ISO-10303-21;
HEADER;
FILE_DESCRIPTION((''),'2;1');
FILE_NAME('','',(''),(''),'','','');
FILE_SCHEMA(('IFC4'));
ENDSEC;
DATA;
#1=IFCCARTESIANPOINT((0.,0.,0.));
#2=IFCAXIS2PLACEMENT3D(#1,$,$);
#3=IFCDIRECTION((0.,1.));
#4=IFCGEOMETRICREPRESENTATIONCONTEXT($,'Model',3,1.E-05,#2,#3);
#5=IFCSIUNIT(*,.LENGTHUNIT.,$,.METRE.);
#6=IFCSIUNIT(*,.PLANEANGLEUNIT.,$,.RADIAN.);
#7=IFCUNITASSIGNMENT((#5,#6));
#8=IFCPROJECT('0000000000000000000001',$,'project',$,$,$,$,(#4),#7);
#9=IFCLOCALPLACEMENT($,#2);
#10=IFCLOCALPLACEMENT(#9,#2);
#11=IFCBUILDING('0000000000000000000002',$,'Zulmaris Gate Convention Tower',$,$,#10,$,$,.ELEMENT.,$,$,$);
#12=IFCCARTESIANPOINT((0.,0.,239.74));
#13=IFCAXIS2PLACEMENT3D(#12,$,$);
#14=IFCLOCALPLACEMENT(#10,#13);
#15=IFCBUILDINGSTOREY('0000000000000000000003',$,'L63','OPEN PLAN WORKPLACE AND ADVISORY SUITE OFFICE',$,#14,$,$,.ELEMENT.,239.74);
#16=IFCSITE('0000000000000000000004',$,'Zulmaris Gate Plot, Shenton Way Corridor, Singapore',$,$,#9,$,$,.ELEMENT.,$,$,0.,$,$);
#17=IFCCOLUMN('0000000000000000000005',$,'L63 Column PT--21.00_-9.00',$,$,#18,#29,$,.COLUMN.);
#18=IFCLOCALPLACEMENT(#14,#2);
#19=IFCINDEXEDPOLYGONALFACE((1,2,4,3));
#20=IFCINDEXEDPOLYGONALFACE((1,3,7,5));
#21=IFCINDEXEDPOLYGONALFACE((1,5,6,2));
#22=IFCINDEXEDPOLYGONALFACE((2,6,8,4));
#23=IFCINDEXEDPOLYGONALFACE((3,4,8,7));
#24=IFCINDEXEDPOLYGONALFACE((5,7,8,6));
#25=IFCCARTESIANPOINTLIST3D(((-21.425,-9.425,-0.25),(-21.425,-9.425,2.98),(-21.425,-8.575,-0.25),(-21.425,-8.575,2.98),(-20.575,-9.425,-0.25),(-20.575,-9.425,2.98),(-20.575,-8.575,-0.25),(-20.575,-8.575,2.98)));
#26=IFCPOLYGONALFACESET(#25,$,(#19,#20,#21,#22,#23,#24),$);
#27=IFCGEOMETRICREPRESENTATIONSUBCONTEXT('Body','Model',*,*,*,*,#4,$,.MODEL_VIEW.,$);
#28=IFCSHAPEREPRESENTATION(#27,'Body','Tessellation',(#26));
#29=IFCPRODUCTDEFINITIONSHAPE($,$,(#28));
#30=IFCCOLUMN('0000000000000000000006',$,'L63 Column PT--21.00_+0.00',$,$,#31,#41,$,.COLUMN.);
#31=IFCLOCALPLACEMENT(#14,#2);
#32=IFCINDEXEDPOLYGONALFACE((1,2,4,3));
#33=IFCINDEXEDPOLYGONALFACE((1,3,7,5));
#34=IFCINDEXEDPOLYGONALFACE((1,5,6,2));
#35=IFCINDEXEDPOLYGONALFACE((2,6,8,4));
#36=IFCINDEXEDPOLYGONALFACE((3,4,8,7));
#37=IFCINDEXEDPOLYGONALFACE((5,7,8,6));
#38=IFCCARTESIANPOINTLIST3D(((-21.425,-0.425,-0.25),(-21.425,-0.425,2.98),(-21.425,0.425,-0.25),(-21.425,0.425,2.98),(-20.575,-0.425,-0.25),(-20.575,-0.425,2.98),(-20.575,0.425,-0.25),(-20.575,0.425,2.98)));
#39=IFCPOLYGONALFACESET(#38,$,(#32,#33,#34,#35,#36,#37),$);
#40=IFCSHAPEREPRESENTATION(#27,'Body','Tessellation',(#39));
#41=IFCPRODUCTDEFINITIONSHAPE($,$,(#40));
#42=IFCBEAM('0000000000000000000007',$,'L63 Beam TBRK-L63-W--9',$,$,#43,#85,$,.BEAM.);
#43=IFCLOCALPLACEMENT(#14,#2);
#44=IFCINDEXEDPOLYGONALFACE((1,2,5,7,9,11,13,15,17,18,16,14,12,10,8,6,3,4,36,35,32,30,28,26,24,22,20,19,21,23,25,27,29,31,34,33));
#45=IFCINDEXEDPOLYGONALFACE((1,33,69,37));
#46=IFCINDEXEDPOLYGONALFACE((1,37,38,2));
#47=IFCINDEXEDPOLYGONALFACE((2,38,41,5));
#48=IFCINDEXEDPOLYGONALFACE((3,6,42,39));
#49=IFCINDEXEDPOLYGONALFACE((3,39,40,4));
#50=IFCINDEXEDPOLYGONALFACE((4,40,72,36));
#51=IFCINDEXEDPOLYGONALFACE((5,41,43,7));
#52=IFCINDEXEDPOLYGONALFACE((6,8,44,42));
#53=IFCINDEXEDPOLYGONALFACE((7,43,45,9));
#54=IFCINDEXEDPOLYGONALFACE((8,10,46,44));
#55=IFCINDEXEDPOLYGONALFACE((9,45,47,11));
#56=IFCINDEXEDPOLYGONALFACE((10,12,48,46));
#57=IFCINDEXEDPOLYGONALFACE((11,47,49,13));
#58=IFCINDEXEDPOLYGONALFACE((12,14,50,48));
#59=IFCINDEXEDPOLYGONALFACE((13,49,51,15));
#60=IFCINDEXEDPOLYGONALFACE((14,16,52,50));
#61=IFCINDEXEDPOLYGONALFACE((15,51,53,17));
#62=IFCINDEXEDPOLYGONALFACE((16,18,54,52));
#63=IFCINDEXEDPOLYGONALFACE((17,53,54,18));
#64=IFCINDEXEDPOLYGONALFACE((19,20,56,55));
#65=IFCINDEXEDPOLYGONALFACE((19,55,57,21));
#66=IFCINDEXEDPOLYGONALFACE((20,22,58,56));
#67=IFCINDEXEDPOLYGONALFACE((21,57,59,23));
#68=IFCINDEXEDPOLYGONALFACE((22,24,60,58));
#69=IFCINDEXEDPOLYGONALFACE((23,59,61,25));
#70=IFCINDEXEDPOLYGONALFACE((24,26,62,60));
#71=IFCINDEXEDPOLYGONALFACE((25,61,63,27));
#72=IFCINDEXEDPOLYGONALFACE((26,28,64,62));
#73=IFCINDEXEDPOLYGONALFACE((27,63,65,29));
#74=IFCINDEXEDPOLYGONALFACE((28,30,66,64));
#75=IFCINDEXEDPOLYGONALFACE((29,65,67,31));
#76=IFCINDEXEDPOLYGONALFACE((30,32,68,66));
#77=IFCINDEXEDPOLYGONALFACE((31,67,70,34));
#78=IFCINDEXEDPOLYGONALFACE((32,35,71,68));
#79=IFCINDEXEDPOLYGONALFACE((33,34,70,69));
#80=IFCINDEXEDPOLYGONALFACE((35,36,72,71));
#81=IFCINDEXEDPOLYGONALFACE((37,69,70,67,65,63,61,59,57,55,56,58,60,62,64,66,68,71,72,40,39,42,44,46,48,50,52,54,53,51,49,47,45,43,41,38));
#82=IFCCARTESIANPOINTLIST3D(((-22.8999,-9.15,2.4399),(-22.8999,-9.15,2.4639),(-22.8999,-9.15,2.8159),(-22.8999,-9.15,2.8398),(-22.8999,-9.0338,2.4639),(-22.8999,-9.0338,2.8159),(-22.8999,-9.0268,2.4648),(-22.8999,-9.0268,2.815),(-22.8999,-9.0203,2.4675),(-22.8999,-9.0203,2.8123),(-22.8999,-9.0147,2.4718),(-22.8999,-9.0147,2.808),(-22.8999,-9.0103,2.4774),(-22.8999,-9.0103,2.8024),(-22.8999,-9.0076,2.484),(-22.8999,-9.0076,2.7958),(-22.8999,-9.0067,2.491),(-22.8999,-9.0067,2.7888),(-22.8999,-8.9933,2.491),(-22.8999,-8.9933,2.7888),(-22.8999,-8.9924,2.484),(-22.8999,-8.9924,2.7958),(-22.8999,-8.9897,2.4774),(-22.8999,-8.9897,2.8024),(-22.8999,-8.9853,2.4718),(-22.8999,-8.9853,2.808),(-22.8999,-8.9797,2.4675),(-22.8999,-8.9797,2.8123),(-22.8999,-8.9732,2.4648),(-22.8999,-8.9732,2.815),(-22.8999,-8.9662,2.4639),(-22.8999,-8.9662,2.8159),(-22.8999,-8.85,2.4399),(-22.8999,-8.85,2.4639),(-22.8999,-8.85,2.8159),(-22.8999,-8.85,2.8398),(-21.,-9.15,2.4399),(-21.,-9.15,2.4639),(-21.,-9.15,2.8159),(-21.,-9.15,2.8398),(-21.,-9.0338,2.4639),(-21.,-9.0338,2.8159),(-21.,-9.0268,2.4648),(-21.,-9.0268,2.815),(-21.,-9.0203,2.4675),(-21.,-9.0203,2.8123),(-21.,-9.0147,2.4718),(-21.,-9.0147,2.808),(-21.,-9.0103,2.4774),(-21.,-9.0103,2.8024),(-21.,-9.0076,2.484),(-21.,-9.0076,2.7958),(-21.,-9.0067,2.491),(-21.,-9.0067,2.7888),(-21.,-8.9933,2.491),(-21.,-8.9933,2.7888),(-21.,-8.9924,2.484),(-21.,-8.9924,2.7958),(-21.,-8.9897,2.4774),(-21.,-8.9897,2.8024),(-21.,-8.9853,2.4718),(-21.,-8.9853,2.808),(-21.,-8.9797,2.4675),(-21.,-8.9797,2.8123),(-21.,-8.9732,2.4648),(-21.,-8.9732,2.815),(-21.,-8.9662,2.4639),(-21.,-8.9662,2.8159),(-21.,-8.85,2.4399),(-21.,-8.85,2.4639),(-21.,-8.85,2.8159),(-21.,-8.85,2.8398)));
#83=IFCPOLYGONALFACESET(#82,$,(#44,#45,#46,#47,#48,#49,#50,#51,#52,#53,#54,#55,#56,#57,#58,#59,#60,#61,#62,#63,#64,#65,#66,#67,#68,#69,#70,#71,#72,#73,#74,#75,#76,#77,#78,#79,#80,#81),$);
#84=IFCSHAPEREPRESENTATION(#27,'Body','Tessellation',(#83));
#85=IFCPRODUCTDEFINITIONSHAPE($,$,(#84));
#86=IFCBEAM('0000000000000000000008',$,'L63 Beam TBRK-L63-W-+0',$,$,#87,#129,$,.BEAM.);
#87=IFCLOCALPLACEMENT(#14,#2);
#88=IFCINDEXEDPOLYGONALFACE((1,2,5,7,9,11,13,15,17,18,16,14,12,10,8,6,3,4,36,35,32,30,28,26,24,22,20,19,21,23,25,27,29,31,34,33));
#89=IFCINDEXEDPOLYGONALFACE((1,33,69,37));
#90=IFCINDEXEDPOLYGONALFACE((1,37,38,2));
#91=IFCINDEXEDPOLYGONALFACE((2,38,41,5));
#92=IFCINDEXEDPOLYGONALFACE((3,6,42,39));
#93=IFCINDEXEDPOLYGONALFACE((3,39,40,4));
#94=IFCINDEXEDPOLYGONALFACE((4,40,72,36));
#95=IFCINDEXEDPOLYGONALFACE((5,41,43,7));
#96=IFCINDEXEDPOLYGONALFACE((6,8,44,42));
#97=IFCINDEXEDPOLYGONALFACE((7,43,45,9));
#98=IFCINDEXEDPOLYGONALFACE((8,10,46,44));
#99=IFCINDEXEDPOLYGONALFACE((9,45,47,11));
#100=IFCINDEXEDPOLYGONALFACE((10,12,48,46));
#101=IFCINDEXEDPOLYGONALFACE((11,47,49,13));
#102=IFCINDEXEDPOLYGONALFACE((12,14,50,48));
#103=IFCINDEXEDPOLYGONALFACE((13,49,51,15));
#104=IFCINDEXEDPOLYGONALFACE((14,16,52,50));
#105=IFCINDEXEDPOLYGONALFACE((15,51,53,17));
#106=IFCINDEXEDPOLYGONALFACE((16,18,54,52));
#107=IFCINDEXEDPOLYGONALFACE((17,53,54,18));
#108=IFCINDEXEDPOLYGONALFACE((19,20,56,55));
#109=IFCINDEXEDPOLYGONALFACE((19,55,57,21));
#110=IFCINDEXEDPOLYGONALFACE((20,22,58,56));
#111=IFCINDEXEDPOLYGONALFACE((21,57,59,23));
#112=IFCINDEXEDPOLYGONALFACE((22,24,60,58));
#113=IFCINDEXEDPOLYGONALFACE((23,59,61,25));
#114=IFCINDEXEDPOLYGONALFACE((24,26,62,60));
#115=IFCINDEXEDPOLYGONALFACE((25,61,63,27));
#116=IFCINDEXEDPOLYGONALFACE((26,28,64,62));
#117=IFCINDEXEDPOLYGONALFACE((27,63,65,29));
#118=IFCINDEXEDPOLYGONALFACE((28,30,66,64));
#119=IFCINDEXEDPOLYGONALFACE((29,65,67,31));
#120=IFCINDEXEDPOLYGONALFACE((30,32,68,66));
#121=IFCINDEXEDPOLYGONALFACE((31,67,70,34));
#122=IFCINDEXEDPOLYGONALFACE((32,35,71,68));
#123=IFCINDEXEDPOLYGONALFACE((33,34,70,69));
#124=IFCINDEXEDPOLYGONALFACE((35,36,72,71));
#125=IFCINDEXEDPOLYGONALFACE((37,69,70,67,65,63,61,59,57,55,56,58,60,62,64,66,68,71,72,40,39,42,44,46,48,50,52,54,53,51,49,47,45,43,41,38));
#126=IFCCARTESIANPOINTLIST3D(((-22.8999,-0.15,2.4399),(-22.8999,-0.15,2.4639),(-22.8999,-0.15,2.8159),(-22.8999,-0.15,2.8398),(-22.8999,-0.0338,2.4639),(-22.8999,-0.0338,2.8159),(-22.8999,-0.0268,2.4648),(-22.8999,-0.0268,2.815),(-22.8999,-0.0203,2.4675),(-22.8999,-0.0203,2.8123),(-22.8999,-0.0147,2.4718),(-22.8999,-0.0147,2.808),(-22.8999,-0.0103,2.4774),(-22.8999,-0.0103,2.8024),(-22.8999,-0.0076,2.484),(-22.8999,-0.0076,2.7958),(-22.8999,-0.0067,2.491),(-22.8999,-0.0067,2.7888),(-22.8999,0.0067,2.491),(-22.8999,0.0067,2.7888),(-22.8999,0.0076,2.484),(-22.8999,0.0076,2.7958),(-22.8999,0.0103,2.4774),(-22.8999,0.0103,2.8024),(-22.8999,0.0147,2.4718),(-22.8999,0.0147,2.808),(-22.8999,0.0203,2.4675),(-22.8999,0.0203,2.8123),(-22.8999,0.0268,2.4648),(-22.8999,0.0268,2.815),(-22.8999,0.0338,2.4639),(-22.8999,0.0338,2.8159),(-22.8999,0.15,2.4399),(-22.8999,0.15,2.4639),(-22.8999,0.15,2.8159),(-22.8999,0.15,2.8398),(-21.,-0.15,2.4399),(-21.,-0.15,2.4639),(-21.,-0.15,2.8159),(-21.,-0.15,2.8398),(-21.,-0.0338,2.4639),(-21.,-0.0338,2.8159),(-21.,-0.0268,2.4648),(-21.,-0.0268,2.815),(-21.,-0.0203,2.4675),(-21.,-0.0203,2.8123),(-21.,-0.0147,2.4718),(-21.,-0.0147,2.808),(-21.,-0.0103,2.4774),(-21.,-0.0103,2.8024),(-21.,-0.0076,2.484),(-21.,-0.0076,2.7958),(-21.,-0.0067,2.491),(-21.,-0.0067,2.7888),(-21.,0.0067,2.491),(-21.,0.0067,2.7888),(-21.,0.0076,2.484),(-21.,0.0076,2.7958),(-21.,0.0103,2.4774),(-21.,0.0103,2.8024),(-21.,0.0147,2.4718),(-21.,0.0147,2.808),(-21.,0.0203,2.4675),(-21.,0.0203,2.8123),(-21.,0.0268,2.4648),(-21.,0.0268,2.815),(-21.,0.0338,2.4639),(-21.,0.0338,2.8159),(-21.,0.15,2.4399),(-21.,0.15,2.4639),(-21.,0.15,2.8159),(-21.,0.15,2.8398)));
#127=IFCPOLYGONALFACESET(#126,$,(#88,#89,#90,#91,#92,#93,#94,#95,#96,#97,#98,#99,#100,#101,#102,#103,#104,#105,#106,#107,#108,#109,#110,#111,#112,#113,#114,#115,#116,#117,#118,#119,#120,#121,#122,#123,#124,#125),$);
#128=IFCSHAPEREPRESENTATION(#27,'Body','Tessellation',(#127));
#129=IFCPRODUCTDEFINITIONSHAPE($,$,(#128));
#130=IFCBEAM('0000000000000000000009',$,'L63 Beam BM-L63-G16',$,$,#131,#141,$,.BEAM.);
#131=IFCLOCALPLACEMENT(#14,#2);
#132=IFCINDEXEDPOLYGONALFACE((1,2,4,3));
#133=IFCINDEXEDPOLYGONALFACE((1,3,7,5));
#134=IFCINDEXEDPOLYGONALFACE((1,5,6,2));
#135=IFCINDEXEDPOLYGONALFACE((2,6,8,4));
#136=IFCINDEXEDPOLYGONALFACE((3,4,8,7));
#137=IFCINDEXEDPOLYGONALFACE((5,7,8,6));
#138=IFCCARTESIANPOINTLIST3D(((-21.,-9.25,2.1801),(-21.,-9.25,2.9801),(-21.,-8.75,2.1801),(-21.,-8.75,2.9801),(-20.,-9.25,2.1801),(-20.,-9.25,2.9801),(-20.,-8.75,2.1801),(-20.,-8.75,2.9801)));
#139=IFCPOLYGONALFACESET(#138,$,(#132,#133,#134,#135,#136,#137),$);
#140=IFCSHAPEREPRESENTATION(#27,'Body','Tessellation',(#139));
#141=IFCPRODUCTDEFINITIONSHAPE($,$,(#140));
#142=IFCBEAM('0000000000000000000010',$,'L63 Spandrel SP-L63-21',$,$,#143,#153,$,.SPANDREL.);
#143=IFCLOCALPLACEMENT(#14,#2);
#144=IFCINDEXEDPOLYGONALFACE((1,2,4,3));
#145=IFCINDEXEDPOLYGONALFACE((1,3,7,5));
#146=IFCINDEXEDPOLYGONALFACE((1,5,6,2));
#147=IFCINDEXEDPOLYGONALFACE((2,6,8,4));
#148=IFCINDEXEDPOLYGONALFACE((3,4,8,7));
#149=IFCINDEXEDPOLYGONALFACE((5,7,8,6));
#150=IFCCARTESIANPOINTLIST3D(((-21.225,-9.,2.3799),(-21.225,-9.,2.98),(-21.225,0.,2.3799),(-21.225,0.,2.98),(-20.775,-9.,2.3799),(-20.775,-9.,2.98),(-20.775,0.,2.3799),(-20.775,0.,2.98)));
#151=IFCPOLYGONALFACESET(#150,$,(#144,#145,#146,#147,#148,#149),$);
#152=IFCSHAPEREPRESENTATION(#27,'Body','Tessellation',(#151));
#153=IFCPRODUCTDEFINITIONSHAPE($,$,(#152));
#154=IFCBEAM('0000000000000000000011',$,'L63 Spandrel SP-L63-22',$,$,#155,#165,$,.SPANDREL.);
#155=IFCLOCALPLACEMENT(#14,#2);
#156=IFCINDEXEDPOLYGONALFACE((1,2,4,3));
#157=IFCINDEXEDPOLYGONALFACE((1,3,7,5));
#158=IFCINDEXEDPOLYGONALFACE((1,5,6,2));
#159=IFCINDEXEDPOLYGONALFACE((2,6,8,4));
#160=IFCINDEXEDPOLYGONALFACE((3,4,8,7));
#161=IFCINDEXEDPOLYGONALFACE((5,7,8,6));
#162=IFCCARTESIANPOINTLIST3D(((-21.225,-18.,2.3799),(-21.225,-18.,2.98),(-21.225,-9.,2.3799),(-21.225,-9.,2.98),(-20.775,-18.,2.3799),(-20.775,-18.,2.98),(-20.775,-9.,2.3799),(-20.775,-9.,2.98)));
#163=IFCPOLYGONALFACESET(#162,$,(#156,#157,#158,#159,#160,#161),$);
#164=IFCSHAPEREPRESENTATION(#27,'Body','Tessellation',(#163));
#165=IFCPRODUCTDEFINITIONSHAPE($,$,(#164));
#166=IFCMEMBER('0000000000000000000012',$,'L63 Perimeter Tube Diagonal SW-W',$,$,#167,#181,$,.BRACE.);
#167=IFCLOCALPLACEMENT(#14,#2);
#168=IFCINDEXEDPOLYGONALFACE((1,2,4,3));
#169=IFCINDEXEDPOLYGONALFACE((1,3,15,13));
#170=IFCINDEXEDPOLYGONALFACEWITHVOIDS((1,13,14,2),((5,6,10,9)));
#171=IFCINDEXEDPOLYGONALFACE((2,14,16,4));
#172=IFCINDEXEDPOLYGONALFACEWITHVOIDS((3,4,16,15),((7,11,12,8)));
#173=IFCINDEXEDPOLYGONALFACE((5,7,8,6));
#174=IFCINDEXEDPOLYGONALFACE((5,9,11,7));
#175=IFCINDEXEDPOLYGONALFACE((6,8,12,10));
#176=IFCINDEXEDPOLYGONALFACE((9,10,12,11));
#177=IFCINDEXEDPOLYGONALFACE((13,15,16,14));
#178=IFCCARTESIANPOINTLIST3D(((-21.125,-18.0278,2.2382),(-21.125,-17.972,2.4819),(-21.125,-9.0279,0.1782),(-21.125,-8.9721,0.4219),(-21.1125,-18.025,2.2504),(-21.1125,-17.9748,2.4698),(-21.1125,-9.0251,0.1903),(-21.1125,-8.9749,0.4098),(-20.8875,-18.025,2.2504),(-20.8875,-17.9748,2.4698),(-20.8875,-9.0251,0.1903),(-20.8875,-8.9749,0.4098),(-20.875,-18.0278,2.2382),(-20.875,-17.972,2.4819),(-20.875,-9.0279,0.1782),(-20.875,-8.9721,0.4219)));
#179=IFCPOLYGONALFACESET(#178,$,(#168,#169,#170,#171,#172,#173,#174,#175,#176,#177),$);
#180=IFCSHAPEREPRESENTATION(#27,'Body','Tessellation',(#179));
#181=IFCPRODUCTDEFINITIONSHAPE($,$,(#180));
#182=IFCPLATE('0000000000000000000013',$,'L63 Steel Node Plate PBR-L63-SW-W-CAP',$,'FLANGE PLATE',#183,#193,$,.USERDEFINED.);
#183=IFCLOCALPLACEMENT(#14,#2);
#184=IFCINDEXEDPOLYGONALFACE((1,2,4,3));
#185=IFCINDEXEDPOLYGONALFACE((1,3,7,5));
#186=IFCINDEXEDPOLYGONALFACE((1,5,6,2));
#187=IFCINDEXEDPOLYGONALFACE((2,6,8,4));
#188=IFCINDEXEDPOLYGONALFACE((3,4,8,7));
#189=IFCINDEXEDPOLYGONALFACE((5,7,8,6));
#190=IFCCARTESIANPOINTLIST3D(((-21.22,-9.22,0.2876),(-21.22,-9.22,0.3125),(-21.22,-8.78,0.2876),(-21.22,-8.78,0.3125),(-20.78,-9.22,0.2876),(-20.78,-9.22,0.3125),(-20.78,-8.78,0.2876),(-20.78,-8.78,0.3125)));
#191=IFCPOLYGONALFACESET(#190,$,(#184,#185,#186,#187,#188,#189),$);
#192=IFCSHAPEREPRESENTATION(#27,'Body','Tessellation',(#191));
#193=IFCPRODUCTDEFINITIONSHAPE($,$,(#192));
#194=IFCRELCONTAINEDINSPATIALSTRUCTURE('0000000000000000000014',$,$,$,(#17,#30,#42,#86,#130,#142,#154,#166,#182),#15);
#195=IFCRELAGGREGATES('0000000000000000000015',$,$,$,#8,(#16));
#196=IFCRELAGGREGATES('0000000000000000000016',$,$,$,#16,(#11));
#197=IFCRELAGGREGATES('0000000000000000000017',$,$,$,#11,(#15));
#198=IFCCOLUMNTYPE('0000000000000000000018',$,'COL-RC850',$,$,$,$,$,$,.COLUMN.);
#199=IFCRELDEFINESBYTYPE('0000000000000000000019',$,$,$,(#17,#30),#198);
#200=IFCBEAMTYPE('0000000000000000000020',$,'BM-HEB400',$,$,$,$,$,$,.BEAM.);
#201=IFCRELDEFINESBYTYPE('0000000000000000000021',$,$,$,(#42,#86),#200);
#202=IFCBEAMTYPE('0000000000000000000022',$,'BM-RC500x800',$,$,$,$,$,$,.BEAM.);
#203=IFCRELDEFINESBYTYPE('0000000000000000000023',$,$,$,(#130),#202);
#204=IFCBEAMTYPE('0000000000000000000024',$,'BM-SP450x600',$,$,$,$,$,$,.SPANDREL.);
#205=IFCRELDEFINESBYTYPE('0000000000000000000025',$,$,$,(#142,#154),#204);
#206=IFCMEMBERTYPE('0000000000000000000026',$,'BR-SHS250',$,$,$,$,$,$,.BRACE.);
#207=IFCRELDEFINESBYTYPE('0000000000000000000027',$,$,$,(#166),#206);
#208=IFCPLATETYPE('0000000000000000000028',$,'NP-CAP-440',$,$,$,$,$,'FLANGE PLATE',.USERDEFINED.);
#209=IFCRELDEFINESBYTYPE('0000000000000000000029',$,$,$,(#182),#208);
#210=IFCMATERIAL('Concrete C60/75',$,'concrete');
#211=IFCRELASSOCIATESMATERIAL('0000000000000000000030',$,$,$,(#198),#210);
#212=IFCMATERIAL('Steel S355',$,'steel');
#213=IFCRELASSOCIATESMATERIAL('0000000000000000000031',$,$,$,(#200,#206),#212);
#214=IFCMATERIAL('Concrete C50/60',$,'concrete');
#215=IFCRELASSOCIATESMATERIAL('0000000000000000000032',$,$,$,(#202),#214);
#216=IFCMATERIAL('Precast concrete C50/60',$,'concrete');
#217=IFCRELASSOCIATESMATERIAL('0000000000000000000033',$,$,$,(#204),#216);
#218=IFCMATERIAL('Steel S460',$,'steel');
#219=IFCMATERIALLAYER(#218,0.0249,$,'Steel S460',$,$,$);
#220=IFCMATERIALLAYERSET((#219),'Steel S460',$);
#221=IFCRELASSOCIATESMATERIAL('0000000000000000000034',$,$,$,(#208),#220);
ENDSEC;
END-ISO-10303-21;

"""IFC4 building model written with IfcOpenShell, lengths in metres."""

from ifc_helpers import new_model, si_unit, direction, frame, origin, origin_2d, place, context, subcontext, project, spatial, rectangle, hollow_rectangle, i_section, extrude, material, layer, layer_set, material_profile, profile_set, type_object, element, save


model = new_model("IFC4")

# Units and contexts
model_context = context("Model", 3, precision=1e-05, world=origin(), true_north=direction((0.0, 1.0)))
body_context = subcontext(model_context, "Body", "Model", "MODEL_VIEW")
ifc_project = project(units=[si_unit("LENGTHUNIT", "METRE"), si_unit("PLANEANGLEUNIT", "RADIAN")], contexts=[model_context])

# Site, building, storey
site_placement = place(None, origin())
site = spatial("IfcSite", under=ifc_project, at=site_placement, Name="Zulmaris Gate Plot, Shenton Way Corridor, Singapore", CompositionType="ELEMENT", RefElevation=0.0)
building_placement = place(site_placement, origin())
building = spatial("IfcBuilding", under=site, at=building_placement, Name="Zulmaris Gate Convention Tower", CompositionType="ELEMENT")
storey_placement = place(building_placement, frame((0.0, 0.0, 239.74)))
storey = spatial("IfcBuildingStorey", under=building, at=storey_placement, Name="L63", Description="OPEN PLAN WORKPLACE AND ADVISORY SUITE OFFICE", CompositionType="ELEMENT", Elevation=239.74)

# Columns
ifc_material_1 = material(Name="Concrete C60/75", Category="concrete")
ifc_material_profile_1 = material_profile(ifc_material_1, rectangle(XDim=0.8501, YDim=0.8501, at=origin_2d()), Name="RC COL 850x850")
ifc_profile_set_1 = profile_set([ifc_material_profile_1], Name="Concrete C60/75")
column_type = type_object("IfcColumnType", Name="COL-RC850", PredefinedType="COLUMN", material=ifc_profile_set_1)
for number, where, z_axis, x_axis, name in (
    (1, (-21.0, -9.0, -0.25), (0.0, 0.0, 1.0), (1.0, 0.0, 0.0), "L63 Column PT--21.00_-9.00"),
    (2, (-21.0, 0.0, -0.25), (0.0, 0.0, 1.0), (1.0, 0.0, 0.0), "L63 Column PT--21.00_+0.00"),
):
    element("IfcColumn", number, at=place(storey_placement, frame(where, z_axis=z_axis, x_axis=x_axis)), inside=storey, type_object=column_type, Name=name, PredefinedType="COLUMN", context=body_context, shape_type="SweptSolid", body=[
        extrude(rectangle(XDim=0.8501, YDim=0.8501, at=origin_2d()), origin(), (0.0, 0.0, 1.0), 3.23),
    ])

# Beams
ifc_material_2 = material(Name="Steel S355", Category="steel")
ifc_material_profile_2 = material_profile(ifc_material_2, i_section(OverallWidth=0.3, OverallDepth=0.3999, WebThickness=0.0134, FlangeThickness=0.0239, FilletRadius=0.0271, at=origin_2d()), Name="HEB 400")
ifc_profile_set_2 = profile_set([ifc_material_profile_2], Name="Steel S355")
beam_type_1 = type_object("IfcBeamType", Name="BM-HEB400", PredefinedType="BEAM", material=ifc_profile_set_2)
for number, where, z_axis, x_axis, name in (
    (3, (-22.8999, -9.0, 2.6399), (1.0, 0.0, 0.0), (0.0, 1.0, 0.0), "L63 Beam TBRK-L63-W--9"),
    (4, (-22.8999, 0.0, 2.6399), (1.0, 0.0, 0.0), (0.0, 1.0, 0.0), "L63 Beam TBRK-L63-W-+0"),
):
    element("IfcBeam", number, at=place(storey_placement, frame(where, z_axis=z_axis, x_axis=x_axis)), inside=storey, type_object=beam_type_1, Name=name, PredefinedType="BEAM", context=body_context, shape_type="SweptSolid", body=[
        extrude(i_section(OverallWidth=0.3, OverallDepth=0.3999, WebThickness=0.0134, FlangeThickness=0.0239, FilletRadius=0.0271, at=origin_2d()), origin(), (0.0, 0.0, 1.0), 1.8999),
    ])
ifc_material_3 = material(Name="Concrete C50/60", Category="concrete")
ifc_material_profile_3 = material_profile(ifc_material_3, rectangle(XDim=0.5, YDim=0.8, at=origin_2d()), Name="RC BEAM 500x800")
ifc_profile_set_3 = profile_set([ifc_material_profile_3], Name="Concrete C50/60")
beam_type_2 = type_object("IfcBeamType", Name="BM-RC500x800", PredefinedType="BEAM", material=ifc_profile_set_3)
beam_placement = place(storey_placement, frame((-21.0, -9.0, 2.5801), z_axis=(1.0, 0.0, 0.0), x_axis=(0.0, 1.0, 0.0)))
element("IfcBeam", 5, at=beam_placement, inside=storey, type_object=beam_type_2, Name="L63 Beam BM-L63-G16", PredefinedType="BEAM", context=body_context, shape_type="SweptSolid", body=[
    extrude(rectangle(XDim=0.5, YDim=0.8, at=origin_2d()), origin(), (0.0, 0.0, 1.0), 1.0),
])
ifc_material_4 = material(Name="Precast concrete C50/60", Category="concrete")
ifc_material_profile_4 = material_profile(ifc_material_4, rectangle(XDim=0.45, YDim=0.6001, at=origin_2d()), Name="RC SPANDREL 450x600")
ifc_profile_set_4 = profile_set([ifc_material_profile_4], Name="Precast concrete C50/60")
beam_type_3 = type_object("IfcBeamType", Name="BM-SP450x600", PredefinedType="SPANDREL", material=ifc_profile_set_4)
for number, where, z_axis, x_axis, name in (
    (6, (-21.0, 0.0, 2.6799), (0.0, -1.0, 0.0), (1.0, 0.0, 0.0), "L63 Spandrel SP-L63-21"),
    (7, (-21.0, -9.0, 2.6799), (0.0, -1.0, 0.0), (1.0, 0.0, 0.0), "L63 Spandrel SP-L63-22"),
):
    element("IfcBeam", number, at=place(storey_placement, frame(where, z_axis=z_axis, x_axis=x_axis)), inside=storey, type_object=beam_type_3, Name=name, PredefinedType="SPANDREL", context=body_context, shape_type="SweptSolid", body=[
        extrude(rectangle(XDim=0.45, YDim=0.6001, at=origin_2d()), origin(), (0.0, 0.0, 1.0), 9.0),
    ])

# Member
ifc_material_profile_5 = material_profile(ifc_material_2, hollow_rectangle(XDim=0.25, YDim=0.25, WallThickness=0.0125, at=origin_2d()), Name="SHS 250x250x12.5")
ifc_profile_set_5 = profile_set([ifc_material_profile_5], Name="Steel S355")
member_type = type_object("IfcMemberType", Name="BR-SHS250", PredefinedType="BRACE", material=ifc_profile_set_5)
member_placement = place(storey_placement, frame((-21.0, -9.0, 0.3), z_axis=(0.0, -0.97479, 0.223125), x_axis=(1.0, 0.0, 0.0)))
element("IfcMember", 8, at=member_placement, inside=storey, type_object=member_type, Name="L63 Perimeter Tube Diagonal SW-W", PredefinedType="BRACE", context=body_context, shape_type="SweptSolid", body=[
    extrude(hollow_rectangle(XDim=0.25, YDim=0.25, WallThickness=0.0125, at=origin_2d()), origin(), (0.0, 0.0, 1.0), 9.2327),
])

# Plate
ifc_material_5 = material(Name="Steel S460", Category="steel")
ifc_layer_1 = layer(ifc_material_5, 0.0249, Name="Steel S460")
ifc_layer_set_1 = layer_set([ifc_layer_1], Name="Steel S460")
plate_type = type_object("IfcPlateType", Name="NP-CAP-440", ElementType="FLANGE PLATE", PredefinedType="USERDEFINED", material=ifc_layer_set_1)
plate_placement = place(storey_placement, frame((-21.0, -9.0, 0.2876), z_axis=(0.0, 0.0, 1.0), x_axis=(1.0, 0.0, 0.0)))
element("IfcPlate", 9, at=plate_placement, inside=storey, type_object=plate_type, Name="L63 Steel Node Plate PBR-L63-SW-W-CAP", ObjectType="FLANGE PLATE", PredefinedType="USERDEFINED", context=body_context, shape_type="SweptSolid", body=[
    extrude(rectangle(XDim=0.4399, YDim=0.4399, at=origin_2d()), origin(), (0.0, 0.0, 1.0), 0.0249),
])

save(model, "model.ifc")
